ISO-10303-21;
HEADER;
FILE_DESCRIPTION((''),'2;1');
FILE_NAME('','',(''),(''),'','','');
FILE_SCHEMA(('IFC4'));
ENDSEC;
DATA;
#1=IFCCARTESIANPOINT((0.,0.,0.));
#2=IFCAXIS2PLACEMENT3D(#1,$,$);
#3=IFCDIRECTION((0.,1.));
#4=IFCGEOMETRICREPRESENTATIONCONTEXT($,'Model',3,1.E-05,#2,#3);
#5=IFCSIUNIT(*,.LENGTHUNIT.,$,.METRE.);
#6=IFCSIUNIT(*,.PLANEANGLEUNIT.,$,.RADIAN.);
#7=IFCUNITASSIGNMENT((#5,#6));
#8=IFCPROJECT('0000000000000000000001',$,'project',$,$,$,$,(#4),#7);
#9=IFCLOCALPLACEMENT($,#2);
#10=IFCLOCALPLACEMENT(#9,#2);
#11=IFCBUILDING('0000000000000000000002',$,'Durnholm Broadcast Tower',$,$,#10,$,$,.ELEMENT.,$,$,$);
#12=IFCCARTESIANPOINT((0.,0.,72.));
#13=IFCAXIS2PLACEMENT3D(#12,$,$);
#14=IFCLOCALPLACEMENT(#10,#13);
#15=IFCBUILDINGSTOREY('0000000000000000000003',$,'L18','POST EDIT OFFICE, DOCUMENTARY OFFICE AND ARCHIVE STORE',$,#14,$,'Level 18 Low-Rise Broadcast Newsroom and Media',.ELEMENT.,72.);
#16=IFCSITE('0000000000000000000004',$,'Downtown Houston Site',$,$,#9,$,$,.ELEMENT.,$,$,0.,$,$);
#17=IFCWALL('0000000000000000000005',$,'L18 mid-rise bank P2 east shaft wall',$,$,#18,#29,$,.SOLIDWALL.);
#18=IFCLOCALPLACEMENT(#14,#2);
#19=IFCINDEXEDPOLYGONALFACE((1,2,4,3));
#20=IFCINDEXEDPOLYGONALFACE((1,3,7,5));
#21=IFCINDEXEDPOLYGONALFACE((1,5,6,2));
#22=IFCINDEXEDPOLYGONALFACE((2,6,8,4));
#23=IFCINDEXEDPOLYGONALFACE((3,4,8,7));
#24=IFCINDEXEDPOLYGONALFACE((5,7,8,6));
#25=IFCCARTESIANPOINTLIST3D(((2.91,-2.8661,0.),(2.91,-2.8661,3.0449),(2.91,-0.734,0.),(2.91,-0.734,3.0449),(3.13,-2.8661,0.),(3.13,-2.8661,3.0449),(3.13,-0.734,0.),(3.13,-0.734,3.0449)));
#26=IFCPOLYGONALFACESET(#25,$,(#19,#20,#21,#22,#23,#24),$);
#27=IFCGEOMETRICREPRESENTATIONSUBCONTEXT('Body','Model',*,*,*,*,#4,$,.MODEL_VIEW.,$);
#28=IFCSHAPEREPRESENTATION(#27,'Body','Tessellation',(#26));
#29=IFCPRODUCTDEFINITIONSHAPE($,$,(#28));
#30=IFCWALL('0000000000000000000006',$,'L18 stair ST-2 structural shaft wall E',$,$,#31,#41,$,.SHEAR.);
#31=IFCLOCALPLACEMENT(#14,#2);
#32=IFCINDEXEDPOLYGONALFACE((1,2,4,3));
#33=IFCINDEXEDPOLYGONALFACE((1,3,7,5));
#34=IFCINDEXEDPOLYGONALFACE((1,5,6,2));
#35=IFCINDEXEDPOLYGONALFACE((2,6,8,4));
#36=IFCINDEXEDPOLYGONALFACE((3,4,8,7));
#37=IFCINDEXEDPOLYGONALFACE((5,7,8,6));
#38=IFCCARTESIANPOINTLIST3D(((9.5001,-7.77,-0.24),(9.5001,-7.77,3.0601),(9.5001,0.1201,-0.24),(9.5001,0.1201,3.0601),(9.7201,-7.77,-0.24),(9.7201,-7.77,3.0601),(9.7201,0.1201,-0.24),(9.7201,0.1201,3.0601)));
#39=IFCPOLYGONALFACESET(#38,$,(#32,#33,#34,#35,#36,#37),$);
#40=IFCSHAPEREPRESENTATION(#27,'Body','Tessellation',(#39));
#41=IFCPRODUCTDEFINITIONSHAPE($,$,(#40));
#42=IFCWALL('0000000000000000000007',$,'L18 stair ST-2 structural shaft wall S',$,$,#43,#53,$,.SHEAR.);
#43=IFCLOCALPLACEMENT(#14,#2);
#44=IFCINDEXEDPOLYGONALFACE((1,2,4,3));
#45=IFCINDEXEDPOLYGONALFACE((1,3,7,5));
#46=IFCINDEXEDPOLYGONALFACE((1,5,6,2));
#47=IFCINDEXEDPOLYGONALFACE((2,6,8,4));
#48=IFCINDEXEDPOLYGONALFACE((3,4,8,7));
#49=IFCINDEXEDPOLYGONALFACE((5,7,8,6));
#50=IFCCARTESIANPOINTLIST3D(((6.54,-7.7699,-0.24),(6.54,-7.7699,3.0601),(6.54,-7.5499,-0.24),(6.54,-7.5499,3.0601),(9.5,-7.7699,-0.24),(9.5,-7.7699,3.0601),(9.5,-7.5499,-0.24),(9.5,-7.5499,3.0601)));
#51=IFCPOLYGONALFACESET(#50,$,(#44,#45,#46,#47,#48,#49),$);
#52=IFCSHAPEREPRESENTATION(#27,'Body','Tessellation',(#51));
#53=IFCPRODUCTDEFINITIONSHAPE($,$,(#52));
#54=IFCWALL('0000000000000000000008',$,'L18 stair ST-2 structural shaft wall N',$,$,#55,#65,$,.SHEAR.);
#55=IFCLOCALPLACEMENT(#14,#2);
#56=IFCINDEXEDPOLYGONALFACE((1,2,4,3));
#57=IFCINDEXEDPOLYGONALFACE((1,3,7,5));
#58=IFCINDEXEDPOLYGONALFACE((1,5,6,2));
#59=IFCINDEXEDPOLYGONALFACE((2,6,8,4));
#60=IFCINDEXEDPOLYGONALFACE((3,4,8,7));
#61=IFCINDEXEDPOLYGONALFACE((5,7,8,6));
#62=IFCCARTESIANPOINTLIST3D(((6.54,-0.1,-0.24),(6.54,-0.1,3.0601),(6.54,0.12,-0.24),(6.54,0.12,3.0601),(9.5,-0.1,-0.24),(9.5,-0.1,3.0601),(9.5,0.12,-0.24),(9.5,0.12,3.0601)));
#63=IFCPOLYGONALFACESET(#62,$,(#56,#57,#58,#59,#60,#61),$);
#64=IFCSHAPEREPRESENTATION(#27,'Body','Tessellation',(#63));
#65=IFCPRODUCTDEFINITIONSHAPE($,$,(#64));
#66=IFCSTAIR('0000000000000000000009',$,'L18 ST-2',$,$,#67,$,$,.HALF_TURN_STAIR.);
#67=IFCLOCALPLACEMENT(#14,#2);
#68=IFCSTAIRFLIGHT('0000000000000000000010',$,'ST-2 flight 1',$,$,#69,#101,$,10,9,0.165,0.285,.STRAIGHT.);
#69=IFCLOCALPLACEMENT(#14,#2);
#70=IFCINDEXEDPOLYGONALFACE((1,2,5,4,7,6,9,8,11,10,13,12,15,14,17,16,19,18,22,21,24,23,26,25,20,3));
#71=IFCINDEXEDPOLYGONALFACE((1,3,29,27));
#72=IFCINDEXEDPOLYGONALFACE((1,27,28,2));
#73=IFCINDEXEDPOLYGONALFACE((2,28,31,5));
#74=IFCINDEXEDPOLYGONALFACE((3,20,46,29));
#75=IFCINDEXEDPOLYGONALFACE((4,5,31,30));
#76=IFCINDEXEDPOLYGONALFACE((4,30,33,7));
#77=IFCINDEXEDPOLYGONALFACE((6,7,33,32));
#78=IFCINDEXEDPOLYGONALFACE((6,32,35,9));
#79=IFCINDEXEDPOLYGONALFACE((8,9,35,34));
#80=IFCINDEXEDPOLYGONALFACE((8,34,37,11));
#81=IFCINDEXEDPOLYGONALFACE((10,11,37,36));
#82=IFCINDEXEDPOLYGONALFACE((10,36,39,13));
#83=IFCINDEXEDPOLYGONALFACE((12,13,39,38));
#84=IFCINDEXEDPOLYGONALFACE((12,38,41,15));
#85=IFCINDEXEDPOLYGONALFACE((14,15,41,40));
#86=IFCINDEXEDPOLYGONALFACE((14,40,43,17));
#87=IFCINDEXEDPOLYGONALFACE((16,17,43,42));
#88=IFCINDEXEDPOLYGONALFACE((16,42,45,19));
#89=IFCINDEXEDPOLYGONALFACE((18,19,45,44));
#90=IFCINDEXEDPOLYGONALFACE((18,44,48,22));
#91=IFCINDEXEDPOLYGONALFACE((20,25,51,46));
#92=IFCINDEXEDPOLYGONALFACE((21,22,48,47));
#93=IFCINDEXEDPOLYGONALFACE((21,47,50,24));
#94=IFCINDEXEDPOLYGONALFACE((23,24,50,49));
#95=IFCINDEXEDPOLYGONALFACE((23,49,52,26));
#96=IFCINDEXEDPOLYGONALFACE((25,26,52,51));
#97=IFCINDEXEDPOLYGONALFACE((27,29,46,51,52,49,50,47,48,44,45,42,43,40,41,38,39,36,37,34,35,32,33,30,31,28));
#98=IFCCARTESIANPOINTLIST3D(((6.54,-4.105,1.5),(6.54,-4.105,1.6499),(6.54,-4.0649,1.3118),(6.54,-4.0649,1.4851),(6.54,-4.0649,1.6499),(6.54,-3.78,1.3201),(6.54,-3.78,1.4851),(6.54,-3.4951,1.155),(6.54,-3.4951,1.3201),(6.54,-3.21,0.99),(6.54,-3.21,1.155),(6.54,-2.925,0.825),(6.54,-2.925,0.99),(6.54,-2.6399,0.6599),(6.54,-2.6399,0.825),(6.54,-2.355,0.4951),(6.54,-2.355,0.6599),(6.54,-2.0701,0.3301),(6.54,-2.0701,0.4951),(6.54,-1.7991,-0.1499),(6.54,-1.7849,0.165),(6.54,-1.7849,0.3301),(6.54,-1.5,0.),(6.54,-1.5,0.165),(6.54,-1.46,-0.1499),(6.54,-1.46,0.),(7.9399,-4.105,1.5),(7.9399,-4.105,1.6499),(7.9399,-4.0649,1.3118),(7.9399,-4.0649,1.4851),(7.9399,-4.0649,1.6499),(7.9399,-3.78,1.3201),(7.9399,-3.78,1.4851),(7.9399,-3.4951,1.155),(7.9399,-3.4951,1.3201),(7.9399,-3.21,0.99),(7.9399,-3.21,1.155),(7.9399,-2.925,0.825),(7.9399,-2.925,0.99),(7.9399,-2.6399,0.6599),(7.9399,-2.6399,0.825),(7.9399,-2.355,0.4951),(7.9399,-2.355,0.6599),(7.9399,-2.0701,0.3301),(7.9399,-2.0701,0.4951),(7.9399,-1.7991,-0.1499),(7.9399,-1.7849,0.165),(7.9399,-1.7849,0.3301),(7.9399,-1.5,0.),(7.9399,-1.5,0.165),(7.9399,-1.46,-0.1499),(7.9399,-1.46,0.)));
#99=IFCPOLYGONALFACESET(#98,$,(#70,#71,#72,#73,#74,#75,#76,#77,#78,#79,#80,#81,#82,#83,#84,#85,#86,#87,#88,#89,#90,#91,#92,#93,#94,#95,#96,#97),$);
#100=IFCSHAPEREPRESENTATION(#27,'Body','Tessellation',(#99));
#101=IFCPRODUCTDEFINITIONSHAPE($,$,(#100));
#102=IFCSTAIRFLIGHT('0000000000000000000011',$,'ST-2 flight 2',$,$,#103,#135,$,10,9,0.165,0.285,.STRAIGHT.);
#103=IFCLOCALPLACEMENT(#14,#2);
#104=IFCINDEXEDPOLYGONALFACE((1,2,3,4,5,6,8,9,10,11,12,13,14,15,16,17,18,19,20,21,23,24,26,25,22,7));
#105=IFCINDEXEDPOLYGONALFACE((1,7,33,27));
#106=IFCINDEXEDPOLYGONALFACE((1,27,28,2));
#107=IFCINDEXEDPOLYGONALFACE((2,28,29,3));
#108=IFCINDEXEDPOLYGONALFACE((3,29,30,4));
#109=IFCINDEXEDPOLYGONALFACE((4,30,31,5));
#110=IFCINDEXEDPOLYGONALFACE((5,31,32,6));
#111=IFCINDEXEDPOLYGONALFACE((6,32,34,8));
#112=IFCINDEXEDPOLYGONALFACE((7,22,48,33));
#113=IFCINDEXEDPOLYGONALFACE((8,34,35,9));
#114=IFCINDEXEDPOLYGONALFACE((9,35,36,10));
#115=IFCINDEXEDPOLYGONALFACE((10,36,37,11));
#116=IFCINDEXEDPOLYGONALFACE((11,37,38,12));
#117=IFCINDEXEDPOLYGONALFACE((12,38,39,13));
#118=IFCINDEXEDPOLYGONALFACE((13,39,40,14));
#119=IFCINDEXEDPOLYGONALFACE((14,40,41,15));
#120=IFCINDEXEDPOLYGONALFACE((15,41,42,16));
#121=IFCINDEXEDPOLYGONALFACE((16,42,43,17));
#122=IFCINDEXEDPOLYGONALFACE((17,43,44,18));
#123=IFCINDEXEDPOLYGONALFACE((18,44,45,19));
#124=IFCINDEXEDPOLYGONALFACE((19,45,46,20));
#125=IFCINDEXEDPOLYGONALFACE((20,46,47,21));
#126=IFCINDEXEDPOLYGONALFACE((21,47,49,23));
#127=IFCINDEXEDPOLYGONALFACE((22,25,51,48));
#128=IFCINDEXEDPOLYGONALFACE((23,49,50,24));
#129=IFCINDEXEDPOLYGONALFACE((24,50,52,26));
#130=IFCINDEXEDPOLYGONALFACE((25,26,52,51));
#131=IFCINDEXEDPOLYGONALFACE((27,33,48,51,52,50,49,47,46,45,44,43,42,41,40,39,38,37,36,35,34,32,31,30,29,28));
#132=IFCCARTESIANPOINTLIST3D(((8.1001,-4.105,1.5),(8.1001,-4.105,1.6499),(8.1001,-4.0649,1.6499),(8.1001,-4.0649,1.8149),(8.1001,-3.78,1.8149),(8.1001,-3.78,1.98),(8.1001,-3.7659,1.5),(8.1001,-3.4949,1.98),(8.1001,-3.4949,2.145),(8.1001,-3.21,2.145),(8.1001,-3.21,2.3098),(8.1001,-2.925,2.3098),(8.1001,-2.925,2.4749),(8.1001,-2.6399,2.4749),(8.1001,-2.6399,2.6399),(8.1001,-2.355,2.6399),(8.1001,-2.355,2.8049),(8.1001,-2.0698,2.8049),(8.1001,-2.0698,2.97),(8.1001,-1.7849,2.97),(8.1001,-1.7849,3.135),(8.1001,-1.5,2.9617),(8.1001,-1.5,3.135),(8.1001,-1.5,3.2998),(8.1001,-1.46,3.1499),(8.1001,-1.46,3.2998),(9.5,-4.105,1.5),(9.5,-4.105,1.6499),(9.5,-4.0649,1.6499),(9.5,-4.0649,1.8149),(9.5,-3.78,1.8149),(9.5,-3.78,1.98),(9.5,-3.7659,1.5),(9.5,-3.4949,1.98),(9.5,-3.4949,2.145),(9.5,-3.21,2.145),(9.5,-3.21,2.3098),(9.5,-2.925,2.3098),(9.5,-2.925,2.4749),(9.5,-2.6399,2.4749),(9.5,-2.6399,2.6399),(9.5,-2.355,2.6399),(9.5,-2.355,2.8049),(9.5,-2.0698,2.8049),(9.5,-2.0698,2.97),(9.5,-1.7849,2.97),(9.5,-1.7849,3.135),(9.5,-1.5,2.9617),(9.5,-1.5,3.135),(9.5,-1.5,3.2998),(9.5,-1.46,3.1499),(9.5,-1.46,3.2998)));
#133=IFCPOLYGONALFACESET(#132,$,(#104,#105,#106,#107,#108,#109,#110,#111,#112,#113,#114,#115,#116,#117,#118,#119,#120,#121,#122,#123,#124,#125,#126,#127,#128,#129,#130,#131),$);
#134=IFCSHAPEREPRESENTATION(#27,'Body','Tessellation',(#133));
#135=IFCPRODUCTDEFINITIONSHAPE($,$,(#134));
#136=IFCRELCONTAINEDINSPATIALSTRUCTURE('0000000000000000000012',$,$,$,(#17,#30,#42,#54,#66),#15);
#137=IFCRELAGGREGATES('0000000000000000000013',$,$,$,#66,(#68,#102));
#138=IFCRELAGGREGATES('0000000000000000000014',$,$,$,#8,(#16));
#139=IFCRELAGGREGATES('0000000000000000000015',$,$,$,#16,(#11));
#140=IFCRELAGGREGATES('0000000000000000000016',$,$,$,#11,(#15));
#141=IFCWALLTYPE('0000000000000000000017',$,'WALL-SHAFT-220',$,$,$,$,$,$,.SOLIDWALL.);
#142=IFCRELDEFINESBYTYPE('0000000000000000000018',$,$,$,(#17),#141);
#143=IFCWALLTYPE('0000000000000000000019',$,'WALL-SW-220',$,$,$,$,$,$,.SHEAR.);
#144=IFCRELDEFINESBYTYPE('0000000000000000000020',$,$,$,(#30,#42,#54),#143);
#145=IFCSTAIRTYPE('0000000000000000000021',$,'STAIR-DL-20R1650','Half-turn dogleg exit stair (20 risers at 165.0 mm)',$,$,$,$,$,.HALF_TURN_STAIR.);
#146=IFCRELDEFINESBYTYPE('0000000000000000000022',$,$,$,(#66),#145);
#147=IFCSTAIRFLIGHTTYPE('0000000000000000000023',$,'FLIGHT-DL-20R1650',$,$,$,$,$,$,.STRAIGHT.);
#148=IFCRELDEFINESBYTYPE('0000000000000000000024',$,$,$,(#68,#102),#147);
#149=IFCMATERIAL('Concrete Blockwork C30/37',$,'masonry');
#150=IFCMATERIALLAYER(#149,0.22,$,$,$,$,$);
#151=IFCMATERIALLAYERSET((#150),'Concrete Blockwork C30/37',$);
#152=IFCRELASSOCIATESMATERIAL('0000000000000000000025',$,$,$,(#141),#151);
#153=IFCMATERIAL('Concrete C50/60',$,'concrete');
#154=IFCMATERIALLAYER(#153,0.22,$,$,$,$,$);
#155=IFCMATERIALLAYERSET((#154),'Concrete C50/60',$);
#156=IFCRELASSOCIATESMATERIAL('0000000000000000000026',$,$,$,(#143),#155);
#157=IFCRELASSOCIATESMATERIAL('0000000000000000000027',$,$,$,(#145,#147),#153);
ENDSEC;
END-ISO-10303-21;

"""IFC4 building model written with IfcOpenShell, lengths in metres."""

from ifc_helpers import new_model, si_unit, direction, frame, frame_2d, origin, place, context, subcontext, project, spatial, polyline, rectangle, outline, extrude, material, layer, layer_set, type_object, element, aggregate, save


model = new_model("IFC4")

# Units and contexts
model_context = context("Model", 3, precision=1e-05, world=origin(), true_north=direction((0.0, 1.0)))
body_context = subcontext(model_context, "Body", "Model", "MODEL_VIEW")
ifc_project = project(units=[si_unit("LENGTHUNIT", "METRE"), si_unit("PLANEANGLEUNIT", "RADIAN")], contexts=[model_context])

# Site, building, storey
site_placement = place(None, origin())
site = spatial("IfcSite", under=ifc_project, at=site_placement, Name="Downtown Houston Site", CompositionType="ELEMENT", RefElevation=0.0)
building_placement = place(site_placement, origin())
building = spatial("IfcBuilding", under=site, at=building_placement, Name="Durnholm Broadcast Tower", CompositionType="ELEMENT")
storey_placement = place(building_placement, frame((0.0, 0.0, 72.0)))
storey = spatial("IfcBuildingStorey", under=building, at=storey_placement, Name="L18", Description="POST EDIT OFFICE, DOCUMENTARY OFFICE AND ARCHIVE STORE", LongName="Level 18 Low-Rise Broadcast Newsroom and Media", CompositionType="ELEMENT", Elevation=72.0)

# Shared definitions
ifc_material_1 = material(Name="Concrete Blockwork C30/37", Category="masonry")
ifc_layer_1 = layer(ifc_material_1, 0.22)
ifc_layer_set_1 = layer_set([ifc_layer_1], Name="Concrete Blockwork C30/37")
wall_type_1 = type_object("IfcWallType", Name="WALL-SHAFT-220", PredefinedType="SOLIDWALL", material=ifc_layer_set_1)

# Walls
wall_1_placement = place(storey_placement, frame((3.02, -2.866, 0.0), z_axis=(0.0, 0.0, 1.0), x_axis=(0.0, 1.0, 0.0)))
element("IfcWall", 1, at=wall_1_placement, inside=storey, type_object=wall_type_1, Name="L18 mid-rise bank P2 east shaft wall", PredefinedType="SOLIDWALL", context=body_context, shape_type="SweptSolid", body=[
    extrude(rectangle(XDim=2.1321, YDim=0.22, at=frame_2d((1.0659, 0.0))), origin(), (0.0, 0.0, 1.0), 3.0449),
])
ifc_material_2 = material(Name="Concrete C50/60", Category="concrete")
ifc_layer_2 = layer(ifc_material_2, 0.22)
ifc_layer_set_2 = layer_set([ifc_layer_2], Name="Concrete C50/60")
wall_type_2 = type_object("IfcWallType", Name="WALL-SW-220", PredefinedType="SHEAR", material=ifc_layer_set_2)
wall_2_placement = place(storey_placement, frame((9.6101, -7.77, -0.24), z_axis=(0.0, 0.0, 1.0), x_axis=(0.0, 1.0, 0.0)))
element("IfcWall", 2, at=wall_2_placement, inside=storey, type_object=wall_type_2, Name="L18 stair ST-2 structural shaft wall E", PredefinedType="SHEAR", context=body_context, shape_type="SweptSolid", body=[
    extrude(rectangle(XDim=7.8901, YDim=0.22, at=frame_2d((3.9451, 0.0))), origin(), (0.0, 0.0, 1.0), 3.3),
])
for number, where, z_axis, x_axis, name in (
    (3, (6.54, -7.6599, -0.24), (0.0, 0.0, 1.0), (1.0, 0.0, 0.0), "L18 stair ST-2 structural shaft wall S"),
    (4, (9.5, 0.01, -0.24), (0.0, 0.0, 1.0), (-1.0, 0.0, 0.0), "L18 stair ST-2 structural shaft wall N"),
):
    element("IfcWall", number, at=place(storey_placement, frame(where, z_axis=z_axis, x_axis=x_axis)), inside=storey, type_object=wall_type_2, Name=name, PredefinedType="SHEAR", context=body_context, shape_type="SweptSolid", body=[
        extrude(rectangle(XDim=2.96, YDim=0.22, at=frame_2d((1.48, 0.0))), origin(), (0.0, 0.0, 1.0), 3.3),
    ])

# Stair, stair flights
stair_type = type_object("IfcStairType", Name="STAIR-DL-20R1650", Description="Half-turn dogleg exit stair (20 risers at 165.0 mm)", PredefinedType="HALF_TURN_STAIR", material=ifc_material_2)
stair_placement = place(storey_placement, origin())
stair = element("IfcStair", 5, at=stair_placement, inside=storey, type_object=stair_type, Name="L18 ST-2", PredefinedType="HALF_TURN_STAIR")
stair_flight_type = type_object("IfcStairFlightType", Name="FLIGHT-DL-20R1650", PredefinedType="STRAIGHT", material=ifc_material_2)
stair_flight_1_placement = place(storey_placement, frame((7.24, -1.5, 0.0), z_axis=(0.0, 0.0, 1.0), x_axis=(0.0, -1.0, 0.0)))
stair_flight_1 = element("IfcStairFlight", 6, at=stair_flight_1_placement, type_object=stair_flight_type, Name="ST-2 flight 1", NumberOfRisers=10, NumberOfTreads=9, PredefinedType="STRAIGHT", RiserHeight=0.165, TreadLength=0.285, context=body_context, shape_type="SweptSolid", body=[
    extrude(outline(polyline([(-0.04, -0.1499), (-0.04, 0.0), (0.0, 0.0), (0.0, 0.165), (0.2849, 0.165), (0.2849, 0.3301), (0.5701, 0.3301), (0.5701, 0.4951), (0.855, 0.4951), (0.855, 0.6599), (1.1399, 0.6599), (1.1399, 0.825), (1.425, 0.825), (1.425, 0.99), (1.71, 0.99), (1.71, 1.155), (1.9951, 1.155), (1.9951, 1.3201), (2.28, 1.3201), (2.28, 1.4851), (2.5649, 1.4851), (2.5649, 1.6499), (2.605, 1.6499), (2.605, 1.5), (2.5649, 1.3118), (0.2991, -0.1499), (-0.04, -0.1499)])), frame((0.0, 0.7, 0.0), z_axis=(0.0, -1.0, 0.0), x_axis=(1.0, 0.0, 0.0)), (0.0, 0.0, 1.0), 1.3999),
])
stair_flight_2_placement = place(storey_placement, frame((8.8, -4.0649, 1.6499), z_axis=(0.0, 0.0, 1.0), x_axis=(0.0, 1.0, 0.0)))
stair_flight_2 = element("IfcStairFlight", 7, at=stair_flight_2_placement, type_object=stair_flight_type, Name="ST-2 flight 2", NumberOfRisers=10, NumberOfTreads=9, PredefinedType="STRAIGHT", RiserHeight=0.165, TreadLength=0.285, context=body_context, shape_type="SweptSolid", body=[
    extrude(outline(polyline([(-0.04, -0.1499), (-0.04, 0.0), (0.0, 0.0), (0.0, 0.165), (0.2849, 0.165), (0.2849, 0.3301), (0.5701, 0.3301), (0.5701, 0.4951), (0.855, 0.4951), (0.855, 0.6599), (1.1399, 0.6599), (1.1399, 0.825), (1.425, 0.825), (1.425, 0.99), (1.71, 0.99), (1.71, 1.155), (1.9951, 1.155), (1.9951, 1.3201), (2.28, 1.3201), (2.28, 1.4851), (2.5649, 1.4851), (2.5649, 1.6499), (2.605, 1.6499), (2.605, 1.5), (2.5649, 1.3118), (0.2991, -0.1499), (-0.04, -0.1499)])), frame((0.0, 0.7, 0.0), z_axis=(0.0, -1.0, 0.0), x_axis=(1.0, 0.0, 0.0)), (0.0, 0.0, 1.0), 1.3999),
])
aggregate(stair, [stair_flight_1, stair_flight_2])

save(model, "model.ifc")
